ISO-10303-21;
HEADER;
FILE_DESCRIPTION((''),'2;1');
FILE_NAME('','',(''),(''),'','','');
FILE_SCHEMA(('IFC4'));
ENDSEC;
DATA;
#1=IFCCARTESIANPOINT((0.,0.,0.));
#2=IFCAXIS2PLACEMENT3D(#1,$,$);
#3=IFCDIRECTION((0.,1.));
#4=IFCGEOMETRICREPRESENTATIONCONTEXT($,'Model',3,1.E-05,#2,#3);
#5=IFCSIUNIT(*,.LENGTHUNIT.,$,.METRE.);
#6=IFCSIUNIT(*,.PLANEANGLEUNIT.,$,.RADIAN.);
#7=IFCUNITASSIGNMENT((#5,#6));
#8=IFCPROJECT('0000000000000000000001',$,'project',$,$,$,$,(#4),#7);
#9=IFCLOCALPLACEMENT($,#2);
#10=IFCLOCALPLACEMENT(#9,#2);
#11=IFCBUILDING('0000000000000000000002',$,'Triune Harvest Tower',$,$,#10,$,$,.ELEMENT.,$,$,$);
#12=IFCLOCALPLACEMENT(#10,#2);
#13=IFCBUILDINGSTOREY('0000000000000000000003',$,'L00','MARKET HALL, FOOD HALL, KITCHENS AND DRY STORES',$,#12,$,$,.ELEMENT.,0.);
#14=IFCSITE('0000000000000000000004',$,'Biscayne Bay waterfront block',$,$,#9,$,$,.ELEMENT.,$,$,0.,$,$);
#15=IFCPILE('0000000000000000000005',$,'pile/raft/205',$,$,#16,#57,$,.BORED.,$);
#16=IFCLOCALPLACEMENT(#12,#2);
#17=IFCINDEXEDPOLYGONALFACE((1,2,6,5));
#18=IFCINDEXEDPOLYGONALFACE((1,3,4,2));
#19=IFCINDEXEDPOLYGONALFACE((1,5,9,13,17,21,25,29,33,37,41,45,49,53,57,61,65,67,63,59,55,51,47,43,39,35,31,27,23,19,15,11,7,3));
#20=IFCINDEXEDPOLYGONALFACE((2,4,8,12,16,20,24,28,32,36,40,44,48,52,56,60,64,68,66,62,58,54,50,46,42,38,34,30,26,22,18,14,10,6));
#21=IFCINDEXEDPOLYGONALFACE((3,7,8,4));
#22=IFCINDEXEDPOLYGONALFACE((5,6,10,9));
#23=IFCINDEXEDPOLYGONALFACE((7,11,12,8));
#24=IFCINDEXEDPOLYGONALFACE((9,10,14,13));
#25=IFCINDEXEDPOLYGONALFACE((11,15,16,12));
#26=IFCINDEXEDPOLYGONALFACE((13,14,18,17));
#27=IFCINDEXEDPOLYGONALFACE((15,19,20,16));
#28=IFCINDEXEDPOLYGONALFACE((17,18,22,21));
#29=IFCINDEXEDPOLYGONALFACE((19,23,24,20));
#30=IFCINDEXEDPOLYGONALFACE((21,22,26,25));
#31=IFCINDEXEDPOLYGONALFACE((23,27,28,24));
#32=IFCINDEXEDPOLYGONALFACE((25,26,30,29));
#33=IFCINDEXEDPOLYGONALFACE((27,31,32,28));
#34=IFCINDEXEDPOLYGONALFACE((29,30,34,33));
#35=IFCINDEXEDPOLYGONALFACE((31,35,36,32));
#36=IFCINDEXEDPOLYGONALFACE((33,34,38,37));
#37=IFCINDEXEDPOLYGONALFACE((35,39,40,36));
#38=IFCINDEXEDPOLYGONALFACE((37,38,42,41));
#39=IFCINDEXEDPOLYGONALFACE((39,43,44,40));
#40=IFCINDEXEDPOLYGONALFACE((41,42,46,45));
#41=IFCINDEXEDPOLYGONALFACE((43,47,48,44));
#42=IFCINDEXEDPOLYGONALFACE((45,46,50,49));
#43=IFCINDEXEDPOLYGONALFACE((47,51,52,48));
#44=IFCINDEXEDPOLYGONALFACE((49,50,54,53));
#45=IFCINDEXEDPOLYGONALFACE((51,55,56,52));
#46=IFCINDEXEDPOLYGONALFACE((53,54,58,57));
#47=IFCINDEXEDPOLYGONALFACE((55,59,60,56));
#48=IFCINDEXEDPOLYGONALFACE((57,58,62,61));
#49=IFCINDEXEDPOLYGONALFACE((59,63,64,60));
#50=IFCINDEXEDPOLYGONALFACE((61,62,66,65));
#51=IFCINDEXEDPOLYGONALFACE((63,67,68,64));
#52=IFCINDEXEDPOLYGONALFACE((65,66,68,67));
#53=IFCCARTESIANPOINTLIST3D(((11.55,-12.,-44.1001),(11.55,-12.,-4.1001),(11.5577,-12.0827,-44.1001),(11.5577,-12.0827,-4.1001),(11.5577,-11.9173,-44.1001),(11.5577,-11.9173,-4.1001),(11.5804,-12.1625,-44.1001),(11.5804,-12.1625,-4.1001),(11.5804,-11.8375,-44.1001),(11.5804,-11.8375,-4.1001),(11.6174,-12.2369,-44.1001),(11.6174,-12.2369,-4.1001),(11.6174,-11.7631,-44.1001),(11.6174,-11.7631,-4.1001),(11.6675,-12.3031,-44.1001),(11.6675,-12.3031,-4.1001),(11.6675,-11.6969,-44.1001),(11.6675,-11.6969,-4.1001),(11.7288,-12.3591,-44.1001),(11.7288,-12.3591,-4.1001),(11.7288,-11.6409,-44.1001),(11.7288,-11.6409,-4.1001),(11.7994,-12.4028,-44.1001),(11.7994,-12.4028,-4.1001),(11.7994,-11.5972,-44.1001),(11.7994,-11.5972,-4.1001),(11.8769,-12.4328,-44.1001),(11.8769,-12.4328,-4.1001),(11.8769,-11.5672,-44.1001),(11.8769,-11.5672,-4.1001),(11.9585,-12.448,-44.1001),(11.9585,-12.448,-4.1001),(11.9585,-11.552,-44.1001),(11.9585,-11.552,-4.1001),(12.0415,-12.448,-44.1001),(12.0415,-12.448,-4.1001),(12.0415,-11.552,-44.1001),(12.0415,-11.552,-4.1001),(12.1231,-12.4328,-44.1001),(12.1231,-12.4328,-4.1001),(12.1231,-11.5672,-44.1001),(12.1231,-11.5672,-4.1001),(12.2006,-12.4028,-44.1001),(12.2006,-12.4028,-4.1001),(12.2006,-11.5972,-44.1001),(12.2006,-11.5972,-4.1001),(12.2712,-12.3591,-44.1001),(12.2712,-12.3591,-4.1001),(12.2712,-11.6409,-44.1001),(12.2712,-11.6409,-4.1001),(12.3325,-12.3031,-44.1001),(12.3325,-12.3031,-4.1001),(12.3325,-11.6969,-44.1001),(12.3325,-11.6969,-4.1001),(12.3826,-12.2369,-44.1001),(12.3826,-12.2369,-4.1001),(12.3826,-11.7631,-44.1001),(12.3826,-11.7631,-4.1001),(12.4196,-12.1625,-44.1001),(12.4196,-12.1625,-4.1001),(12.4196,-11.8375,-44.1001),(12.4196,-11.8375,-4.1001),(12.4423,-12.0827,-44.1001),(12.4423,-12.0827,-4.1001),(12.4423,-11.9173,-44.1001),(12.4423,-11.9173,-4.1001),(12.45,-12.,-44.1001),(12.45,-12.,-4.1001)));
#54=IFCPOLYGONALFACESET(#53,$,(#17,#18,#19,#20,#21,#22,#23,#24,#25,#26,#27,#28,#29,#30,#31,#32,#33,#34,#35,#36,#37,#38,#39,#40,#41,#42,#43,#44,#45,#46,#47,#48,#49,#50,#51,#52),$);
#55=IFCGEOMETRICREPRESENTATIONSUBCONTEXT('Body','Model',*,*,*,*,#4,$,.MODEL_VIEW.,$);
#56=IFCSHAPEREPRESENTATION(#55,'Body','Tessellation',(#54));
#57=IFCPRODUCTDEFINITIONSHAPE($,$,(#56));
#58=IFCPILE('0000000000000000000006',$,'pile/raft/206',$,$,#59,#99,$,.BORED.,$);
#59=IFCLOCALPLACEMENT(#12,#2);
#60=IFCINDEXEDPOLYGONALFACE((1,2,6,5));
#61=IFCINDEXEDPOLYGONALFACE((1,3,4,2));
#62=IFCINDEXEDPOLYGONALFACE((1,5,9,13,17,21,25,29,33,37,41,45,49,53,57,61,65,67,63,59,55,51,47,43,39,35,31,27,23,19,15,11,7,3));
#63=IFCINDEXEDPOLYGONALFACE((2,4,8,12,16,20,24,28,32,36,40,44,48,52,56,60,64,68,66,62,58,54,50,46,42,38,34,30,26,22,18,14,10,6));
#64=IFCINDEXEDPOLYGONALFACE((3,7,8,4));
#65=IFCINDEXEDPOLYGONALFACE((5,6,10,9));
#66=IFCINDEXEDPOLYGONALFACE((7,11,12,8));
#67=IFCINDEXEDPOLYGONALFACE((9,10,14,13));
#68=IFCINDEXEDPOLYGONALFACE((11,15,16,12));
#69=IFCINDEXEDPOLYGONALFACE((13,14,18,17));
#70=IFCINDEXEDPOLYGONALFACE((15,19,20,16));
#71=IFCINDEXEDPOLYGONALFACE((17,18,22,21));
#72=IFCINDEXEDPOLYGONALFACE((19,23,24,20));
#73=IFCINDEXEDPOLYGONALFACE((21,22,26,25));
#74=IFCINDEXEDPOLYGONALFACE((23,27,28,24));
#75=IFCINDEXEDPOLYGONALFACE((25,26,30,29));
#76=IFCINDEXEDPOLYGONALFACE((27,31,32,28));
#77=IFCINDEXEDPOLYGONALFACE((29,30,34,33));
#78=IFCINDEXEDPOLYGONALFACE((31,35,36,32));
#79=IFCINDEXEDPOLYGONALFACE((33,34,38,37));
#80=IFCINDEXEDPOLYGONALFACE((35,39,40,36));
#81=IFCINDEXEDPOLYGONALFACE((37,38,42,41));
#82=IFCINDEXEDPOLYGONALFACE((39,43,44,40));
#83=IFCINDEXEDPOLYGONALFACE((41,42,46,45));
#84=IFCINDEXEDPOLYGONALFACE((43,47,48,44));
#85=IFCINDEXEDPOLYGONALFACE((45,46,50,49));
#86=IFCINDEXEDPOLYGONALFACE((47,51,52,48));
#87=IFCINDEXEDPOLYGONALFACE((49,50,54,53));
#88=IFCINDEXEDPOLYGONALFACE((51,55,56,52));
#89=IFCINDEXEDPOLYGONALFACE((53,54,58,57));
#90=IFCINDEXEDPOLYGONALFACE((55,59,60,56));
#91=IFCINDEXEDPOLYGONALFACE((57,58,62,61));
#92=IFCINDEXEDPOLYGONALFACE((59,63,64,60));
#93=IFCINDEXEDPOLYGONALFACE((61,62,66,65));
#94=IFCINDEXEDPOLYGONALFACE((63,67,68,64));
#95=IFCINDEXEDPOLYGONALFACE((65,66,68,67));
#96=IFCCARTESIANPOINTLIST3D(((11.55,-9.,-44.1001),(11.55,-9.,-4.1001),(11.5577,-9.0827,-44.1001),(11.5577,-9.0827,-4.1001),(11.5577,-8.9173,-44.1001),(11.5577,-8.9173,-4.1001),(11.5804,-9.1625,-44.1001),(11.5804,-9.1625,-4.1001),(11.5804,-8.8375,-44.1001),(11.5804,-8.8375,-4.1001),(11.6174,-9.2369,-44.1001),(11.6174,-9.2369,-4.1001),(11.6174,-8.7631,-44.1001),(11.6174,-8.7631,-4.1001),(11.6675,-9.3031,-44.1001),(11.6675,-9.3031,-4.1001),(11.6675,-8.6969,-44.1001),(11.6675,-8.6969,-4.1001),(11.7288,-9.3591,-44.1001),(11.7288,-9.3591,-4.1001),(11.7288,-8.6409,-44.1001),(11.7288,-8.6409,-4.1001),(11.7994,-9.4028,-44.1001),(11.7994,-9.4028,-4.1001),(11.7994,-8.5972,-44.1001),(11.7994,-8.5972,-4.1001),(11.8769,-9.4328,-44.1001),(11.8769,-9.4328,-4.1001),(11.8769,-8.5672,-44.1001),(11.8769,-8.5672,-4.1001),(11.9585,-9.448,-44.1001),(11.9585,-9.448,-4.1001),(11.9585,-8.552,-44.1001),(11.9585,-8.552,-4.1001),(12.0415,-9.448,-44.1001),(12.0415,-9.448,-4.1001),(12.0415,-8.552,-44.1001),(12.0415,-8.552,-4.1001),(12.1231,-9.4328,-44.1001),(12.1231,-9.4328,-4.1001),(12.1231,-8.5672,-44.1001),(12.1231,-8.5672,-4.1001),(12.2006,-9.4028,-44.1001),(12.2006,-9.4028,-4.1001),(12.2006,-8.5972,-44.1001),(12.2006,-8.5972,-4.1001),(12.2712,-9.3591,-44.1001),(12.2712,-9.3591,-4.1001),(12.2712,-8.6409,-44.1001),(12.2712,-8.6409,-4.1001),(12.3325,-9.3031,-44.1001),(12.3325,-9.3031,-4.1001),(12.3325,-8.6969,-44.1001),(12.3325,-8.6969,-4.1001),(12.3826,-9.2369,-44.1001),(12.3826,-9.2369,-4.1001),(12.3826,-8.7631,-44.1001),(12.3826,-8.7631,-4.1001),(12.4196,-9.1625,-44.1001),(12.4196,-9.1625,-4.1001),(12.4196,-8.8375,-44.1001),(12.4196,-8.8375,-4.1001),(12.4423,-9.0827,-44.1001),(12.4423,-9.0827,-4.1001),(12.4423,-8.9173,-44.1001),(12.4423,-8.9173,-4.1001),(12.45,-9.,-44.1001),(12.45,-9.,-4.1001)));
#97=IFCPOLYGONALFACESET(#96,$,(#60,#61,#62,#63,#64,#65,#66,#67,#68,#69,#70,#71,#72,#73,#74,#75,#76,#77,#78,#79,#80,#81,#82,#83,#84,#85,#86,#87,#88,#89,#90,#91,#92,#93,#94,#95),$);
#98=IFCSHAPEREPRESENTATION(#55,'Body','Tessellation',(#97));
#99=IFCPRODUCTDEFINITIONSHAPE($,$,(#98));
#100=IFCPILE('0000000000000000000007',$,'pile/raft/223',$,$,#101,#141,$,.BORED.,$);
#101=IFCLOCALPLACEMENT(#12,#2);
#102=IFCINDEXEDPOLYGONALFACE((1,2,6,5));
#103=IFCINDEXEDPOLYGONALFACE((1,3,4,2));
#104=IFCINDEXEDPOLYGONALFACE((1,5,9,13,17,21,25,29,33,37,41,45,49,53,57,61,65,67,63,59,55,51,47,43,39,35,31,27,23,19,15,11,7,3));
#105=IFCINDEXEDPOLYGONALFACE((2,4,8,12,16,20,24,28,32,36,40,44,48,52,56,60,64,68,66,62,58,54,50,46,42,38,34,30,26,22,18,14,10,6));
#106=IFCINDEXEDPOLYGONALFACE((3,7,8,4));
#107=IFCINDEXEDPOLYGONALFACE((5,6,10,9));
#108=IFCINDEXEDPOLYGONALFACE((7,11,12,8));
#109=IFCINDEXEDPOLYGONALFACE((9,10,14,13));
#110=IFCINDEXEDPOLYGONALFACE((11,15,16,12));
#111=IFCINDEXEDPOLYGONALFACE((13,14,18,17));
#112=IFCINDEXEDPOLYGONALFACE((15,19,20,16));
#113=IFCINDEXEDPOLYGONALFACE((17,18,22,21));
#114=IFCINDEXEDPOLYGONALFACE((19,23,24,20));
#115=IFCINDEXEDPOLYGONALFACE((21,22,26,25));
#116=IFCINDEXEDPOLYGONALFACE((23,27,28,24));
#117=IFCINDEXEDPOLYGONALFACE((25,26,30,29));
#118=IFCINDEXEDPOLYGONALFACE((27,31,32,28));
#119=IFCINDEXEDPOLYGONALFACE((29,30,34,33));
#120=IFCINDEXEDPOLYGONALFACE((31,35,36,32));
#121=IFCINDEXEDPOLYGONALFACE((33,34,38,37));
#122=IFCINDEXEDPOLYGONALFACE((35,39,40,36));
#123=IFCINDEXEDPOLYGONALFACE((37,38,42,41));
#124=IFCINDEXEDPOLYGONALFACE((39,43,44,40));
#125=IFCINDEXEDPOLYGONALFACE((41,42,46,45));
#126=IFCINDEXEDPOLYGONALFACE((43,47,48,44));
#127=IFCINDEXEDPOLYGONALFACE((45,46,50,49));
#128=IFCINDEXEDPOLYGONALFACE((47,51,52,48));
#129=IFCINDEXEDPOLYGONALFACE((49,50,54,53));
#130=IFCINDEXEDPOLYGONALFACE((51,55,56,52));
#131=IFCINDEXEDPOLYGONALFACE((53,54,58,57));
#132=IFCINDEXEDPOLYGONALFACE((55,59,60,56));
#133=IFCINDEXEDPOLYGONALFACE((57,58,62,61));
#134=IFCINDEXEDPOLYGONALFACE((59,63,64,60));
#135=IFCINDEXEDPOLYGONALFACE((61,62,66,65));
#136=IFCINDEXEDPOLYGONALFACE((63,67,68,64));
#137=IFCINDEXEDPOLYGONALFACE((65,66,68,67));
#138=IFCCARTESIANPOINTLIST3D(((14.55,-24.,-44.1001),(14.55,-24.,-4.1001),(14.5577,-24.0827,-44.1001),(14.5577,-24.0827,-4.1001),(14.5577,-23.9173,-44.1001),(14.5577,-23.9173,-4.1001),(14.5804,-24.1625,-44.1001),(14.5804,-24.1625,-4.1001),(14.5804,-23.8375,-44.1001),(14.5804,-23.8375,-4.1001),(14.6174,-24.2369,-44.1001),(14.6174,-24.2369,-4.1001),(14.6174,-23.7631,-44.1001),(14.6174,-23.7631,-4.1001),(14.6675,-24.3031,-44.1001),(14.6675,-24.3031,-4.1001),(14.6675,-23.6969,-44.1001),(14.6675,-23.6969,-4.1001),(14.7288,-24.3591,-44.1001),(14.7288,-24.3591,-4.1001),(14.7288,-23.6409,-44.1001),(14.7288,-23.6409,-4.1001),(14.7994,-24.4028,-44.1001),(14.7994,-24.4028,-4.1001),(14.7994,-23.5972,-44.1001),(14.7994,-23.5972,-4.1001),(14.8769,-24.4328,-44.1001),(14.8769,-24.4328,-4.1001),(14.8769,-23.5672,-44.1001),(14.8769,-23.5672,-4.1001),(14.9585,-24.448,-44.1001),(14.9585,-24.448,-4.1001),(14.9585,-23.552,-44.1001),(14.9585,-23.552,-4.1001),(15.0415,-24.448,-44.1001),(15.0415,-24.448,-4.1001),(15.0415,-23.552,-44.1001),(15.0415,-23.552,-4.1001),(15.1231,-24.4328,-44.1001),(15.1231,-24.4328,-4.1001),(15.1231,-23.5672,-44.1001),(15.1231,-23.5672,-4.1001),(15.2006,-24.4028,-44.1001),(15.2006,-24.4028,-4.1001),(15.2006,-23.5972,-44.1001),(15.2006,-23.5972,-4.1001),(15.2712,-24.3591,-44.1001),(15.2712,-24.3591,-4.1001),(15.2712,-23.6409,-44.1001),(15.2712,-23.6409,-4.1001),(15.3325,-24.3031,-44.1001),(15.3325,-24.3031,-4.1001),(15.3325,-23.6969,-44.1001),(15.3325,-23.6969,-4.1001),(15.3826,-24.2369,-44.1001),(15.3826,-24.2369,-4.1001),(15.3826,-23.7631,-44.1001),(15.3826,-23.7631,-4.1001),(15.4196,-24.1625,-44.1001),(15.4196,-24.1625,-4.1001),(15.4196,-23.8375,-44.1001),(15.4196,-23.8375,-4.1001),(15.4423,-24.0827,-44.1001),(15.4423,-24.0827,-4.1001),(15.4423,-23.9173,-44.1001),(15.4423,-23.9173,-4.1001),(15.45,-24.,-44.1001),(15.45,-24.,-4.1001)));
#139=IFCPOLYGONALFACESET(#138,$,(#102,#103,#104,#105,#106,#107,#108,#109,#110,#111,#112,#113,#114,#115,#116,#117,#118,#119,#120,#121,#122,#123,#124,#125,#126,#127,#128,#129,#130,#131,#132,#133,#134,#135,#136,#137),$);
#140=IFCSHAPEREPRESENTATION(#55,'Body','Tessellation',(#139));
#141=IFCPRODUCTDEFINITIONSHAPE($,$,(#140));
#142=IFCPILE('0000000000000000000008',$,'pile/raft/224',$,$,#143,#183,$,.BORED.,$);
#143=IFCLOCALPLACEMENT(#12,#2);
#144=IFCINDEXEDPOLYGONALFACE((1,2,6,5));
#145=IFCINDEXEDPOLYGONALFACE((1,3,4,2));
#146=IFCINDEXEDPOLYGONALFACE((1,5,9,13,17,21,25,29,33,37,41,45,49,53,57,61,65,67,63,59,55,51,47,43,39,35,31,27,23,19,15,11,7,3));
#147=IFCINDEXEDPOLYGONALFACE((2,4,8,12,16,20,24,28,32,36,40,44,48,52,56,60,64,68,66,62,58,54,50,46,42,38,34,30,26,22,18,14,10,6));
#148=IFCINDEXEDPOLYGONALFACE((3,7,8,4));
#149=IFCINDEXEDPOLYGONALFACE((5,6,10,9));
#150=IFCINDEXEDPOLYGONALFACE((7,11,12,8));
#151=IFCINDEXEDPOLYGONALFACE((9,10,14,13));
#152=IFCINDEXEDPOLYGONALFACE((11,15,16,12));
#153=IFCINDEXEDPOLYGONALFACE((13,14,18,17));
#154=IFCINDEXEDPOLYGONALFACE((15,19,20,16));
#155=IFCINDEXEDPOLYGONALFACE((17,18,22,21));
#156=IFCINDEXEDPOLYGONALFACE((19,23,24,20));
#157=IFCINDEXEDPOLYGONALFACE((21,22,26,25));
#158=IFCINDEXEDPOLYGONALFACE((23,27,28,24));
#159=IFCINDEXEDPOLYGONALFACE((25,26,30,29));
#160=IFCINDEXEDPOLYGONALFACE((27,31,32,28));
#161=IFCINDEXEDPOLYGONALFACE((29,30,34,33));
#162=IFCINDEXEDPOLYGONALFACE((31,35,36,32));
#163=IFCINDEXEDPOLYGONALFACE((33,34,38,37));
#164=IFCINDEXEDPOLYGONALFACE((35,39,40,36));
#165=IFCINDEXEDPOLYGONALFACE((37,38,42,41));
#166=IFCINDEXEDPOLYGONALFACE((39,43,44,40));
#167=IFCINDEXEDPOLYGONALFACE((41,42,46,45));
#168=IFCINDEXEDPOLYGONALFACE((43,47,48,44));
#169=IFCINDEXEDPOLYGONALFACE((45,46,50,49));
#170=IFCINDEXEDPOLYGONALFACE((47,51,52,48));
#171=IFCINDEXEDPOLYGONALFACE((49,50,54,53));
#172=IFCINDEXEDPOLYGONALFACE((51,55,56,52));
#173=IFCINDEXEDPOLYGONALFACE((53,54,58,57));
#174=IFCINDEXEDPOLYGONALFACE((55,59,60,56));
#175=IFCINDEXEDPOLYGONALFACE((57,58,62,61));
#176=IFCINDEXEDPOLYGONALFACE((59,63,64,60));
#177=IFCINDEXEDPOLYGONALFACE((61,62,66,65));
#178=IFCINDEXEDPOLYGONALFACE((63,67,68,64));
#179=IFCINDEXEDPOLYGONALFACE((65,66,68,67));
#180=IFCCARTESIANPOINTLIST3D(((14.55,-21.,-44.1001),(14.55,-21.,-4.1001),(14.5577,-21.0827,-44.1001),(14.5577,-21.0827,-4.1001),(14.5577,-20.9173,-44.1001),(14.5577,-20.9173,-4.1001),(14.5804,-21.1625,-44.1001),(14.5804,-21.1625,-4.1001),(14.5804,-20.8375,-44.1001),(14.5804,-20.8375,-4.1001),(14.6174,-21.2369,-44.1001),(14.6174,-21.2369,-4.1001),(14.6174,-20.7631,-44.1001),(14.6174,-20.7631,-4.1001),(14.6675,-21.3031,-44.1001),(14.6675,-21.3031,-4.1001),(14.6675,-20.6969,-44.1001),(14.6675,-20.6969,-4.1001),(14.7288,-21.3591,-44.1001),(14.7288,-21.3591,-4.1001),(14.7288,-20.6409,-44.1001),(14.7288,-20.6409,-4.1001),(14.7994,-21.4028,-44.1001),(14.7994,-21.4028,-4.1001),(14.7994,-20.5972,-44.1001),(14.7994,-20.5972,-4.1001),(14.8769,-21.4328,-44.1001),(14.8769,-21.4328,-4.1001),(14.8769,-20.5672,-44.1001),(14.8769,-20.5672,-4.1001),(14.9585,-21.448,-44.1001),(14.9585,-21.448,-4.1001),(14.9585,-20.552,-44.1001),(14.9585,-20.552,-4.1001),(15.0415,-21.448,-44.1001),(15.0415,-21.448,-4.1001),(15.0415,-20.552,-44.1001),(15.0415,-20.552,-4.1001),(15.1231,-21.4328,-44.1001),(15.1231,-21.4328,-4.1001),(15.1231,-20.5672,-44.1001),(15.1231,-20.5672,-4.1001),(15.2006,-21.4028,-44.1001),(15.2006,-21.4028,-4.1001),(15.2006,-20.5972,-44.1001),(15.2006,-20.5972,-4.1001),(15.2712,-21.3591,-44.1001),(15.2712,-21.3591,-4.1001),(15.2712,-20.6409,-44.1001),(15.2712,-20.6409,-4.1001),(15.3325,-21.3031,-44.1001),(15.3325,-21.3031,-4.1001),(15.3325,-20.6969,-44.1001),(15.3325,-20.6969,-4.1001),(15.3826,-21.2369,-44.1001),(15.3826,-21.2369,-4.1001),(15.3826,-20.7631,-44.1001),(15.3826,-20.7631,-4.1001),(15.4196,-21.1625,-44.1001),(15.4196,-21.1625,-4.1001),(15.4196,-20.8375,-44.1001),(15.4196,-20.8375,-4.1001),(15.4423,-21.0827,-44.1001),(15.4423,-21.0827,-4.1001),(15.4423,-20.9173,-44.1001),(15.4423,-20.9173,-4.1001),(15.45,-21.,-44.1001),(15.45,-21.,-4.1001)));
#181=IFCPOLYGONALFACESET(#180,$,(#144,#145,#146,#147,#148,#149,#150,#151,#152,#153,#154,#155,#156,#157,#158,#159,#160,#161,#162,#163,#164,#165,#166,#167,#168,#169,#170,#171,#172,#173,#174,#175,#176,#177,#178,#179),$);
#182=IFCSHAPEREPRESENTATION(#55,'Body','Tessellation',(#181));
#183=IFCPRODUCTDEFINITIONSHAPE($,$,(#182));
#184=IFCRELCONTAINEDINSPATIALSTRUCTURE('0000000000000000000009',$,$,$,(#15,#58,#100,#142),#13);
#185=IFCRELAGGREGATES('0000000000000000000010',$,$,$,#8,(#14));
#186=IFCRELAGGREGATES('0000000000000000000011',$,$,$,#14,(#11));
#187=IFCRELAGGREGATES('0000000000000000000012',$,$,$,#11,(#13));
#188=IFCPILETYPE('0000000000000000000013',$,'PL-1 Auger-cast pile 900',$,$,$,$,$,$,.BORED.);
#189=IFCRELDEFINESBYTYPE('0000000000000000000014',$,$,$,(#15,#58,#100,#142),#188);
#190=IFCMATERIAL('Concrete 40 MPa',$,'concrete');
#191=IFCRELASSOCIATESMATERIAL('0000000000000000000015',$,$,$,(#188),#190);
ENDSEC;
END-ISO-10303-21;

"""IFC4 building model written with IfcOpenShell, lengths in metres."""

from ifc_helpers import new_model, si_unit, direction, frame, origin, origin_2d, place, context, subcontext, project, spatial, circle, extrude, source, transform, mapped, material, material_profile, profile_set, type_object, element, save


model = new_model("IFC4")

# Units and contexts
model_context = context("Model", 3, precision=1e-05, world=origin(), true_north=direction((0.0, 1.0)))
body_context = subcontext(model_context, "Body", "Model", "MODEL_VIEW")
ifc_project = project(units=[si_unit("LENGTHUNIT", "METRE"), si_unit("PLANEANGLEUNIT", "RADIAN")], contexts=[model_context])

# Site, building, storey
site_placement = place(None, origin())
site = spatial("IfcSite", under=ifc_project, at=site_placement, Name="Biscayne Bay waterfront block", CompositionType="ELEMENT", RefElevation=0.0)
building_placement = place(site_placement, origin())
building = spatial("IfcBuilding", under=site, at=building_placement, Name="Triune Harvest Tower", CompositionType="ELEMENT")
storey_placement = place(building_placement, origin())
storey = spatial("IfcBuildingStorey", under=building, at=storey_placement, Name="L00", Description="MARKET HALL, FOOD HALL, KITCHENS AND DRY STORES", CompositionType="ELEMENT", Elevation=0.0)

# Piles
ifc_material_1 = material(Name="Concrete 40 MPa", Category="concrete")
ifc_material_profile = material_profile(ifc_material_1, circle(Radius=0.45, at=origin_2d()), Name="Bored 900")
ifc_profile_set = profile_set([ifc_material_profile], Name="Concrete 40 MPa")
pile_type = type_object("IfcPileType", Name="PL-1 Auger-cast pile 900", PredefinedType="BORED", material=ifc_profile_set)
shared_shape_1 = source(origin(), body_context, "Body", "SweptSolid", [
    extrude(circle(Radius=0.45, at=origin_2d()), origin(), (0.0, 0.0, 1.0), 40.0),
])
for number, where, z_axis, x_axis, name in (
    (1, (12.0, -12.0, -4.1001), (0.0, 0.0, -1.0), (1.0, 0.0, 0.0), "pile/raft/205"),
    (2, (12.0, -9.0, -4.1001), (0.0, 0.0, -1.0), (1.0, 0.0, 0.0), "pile/raft/206"),
    (3, (15.0, -24.0, -4.1001), (0.0, 0.0, -1.0), (1.0, 0.0, 0.0), "pile/raft/223"),
    (4, (15.0, -21.0, -4.1001), (0.0, 0.0, -1.0), (1.0, 0.0, 0.0), "pile/raft/224"),
):
    element("IfcPile", number, at=place(storey_placement, frame(where, z_axis=z_axis, x_axis=x_axis)), inside=storey, type_object=pile_type, Name=name, PredefinedType="BORED", context=body_context, shape_type="MappedRepresentation", body=[
        mapped(shared_shape_1, transform((0.0, 0.0, 0.0), scale=1.0)),
    ])

save(model, "model.ifc")
